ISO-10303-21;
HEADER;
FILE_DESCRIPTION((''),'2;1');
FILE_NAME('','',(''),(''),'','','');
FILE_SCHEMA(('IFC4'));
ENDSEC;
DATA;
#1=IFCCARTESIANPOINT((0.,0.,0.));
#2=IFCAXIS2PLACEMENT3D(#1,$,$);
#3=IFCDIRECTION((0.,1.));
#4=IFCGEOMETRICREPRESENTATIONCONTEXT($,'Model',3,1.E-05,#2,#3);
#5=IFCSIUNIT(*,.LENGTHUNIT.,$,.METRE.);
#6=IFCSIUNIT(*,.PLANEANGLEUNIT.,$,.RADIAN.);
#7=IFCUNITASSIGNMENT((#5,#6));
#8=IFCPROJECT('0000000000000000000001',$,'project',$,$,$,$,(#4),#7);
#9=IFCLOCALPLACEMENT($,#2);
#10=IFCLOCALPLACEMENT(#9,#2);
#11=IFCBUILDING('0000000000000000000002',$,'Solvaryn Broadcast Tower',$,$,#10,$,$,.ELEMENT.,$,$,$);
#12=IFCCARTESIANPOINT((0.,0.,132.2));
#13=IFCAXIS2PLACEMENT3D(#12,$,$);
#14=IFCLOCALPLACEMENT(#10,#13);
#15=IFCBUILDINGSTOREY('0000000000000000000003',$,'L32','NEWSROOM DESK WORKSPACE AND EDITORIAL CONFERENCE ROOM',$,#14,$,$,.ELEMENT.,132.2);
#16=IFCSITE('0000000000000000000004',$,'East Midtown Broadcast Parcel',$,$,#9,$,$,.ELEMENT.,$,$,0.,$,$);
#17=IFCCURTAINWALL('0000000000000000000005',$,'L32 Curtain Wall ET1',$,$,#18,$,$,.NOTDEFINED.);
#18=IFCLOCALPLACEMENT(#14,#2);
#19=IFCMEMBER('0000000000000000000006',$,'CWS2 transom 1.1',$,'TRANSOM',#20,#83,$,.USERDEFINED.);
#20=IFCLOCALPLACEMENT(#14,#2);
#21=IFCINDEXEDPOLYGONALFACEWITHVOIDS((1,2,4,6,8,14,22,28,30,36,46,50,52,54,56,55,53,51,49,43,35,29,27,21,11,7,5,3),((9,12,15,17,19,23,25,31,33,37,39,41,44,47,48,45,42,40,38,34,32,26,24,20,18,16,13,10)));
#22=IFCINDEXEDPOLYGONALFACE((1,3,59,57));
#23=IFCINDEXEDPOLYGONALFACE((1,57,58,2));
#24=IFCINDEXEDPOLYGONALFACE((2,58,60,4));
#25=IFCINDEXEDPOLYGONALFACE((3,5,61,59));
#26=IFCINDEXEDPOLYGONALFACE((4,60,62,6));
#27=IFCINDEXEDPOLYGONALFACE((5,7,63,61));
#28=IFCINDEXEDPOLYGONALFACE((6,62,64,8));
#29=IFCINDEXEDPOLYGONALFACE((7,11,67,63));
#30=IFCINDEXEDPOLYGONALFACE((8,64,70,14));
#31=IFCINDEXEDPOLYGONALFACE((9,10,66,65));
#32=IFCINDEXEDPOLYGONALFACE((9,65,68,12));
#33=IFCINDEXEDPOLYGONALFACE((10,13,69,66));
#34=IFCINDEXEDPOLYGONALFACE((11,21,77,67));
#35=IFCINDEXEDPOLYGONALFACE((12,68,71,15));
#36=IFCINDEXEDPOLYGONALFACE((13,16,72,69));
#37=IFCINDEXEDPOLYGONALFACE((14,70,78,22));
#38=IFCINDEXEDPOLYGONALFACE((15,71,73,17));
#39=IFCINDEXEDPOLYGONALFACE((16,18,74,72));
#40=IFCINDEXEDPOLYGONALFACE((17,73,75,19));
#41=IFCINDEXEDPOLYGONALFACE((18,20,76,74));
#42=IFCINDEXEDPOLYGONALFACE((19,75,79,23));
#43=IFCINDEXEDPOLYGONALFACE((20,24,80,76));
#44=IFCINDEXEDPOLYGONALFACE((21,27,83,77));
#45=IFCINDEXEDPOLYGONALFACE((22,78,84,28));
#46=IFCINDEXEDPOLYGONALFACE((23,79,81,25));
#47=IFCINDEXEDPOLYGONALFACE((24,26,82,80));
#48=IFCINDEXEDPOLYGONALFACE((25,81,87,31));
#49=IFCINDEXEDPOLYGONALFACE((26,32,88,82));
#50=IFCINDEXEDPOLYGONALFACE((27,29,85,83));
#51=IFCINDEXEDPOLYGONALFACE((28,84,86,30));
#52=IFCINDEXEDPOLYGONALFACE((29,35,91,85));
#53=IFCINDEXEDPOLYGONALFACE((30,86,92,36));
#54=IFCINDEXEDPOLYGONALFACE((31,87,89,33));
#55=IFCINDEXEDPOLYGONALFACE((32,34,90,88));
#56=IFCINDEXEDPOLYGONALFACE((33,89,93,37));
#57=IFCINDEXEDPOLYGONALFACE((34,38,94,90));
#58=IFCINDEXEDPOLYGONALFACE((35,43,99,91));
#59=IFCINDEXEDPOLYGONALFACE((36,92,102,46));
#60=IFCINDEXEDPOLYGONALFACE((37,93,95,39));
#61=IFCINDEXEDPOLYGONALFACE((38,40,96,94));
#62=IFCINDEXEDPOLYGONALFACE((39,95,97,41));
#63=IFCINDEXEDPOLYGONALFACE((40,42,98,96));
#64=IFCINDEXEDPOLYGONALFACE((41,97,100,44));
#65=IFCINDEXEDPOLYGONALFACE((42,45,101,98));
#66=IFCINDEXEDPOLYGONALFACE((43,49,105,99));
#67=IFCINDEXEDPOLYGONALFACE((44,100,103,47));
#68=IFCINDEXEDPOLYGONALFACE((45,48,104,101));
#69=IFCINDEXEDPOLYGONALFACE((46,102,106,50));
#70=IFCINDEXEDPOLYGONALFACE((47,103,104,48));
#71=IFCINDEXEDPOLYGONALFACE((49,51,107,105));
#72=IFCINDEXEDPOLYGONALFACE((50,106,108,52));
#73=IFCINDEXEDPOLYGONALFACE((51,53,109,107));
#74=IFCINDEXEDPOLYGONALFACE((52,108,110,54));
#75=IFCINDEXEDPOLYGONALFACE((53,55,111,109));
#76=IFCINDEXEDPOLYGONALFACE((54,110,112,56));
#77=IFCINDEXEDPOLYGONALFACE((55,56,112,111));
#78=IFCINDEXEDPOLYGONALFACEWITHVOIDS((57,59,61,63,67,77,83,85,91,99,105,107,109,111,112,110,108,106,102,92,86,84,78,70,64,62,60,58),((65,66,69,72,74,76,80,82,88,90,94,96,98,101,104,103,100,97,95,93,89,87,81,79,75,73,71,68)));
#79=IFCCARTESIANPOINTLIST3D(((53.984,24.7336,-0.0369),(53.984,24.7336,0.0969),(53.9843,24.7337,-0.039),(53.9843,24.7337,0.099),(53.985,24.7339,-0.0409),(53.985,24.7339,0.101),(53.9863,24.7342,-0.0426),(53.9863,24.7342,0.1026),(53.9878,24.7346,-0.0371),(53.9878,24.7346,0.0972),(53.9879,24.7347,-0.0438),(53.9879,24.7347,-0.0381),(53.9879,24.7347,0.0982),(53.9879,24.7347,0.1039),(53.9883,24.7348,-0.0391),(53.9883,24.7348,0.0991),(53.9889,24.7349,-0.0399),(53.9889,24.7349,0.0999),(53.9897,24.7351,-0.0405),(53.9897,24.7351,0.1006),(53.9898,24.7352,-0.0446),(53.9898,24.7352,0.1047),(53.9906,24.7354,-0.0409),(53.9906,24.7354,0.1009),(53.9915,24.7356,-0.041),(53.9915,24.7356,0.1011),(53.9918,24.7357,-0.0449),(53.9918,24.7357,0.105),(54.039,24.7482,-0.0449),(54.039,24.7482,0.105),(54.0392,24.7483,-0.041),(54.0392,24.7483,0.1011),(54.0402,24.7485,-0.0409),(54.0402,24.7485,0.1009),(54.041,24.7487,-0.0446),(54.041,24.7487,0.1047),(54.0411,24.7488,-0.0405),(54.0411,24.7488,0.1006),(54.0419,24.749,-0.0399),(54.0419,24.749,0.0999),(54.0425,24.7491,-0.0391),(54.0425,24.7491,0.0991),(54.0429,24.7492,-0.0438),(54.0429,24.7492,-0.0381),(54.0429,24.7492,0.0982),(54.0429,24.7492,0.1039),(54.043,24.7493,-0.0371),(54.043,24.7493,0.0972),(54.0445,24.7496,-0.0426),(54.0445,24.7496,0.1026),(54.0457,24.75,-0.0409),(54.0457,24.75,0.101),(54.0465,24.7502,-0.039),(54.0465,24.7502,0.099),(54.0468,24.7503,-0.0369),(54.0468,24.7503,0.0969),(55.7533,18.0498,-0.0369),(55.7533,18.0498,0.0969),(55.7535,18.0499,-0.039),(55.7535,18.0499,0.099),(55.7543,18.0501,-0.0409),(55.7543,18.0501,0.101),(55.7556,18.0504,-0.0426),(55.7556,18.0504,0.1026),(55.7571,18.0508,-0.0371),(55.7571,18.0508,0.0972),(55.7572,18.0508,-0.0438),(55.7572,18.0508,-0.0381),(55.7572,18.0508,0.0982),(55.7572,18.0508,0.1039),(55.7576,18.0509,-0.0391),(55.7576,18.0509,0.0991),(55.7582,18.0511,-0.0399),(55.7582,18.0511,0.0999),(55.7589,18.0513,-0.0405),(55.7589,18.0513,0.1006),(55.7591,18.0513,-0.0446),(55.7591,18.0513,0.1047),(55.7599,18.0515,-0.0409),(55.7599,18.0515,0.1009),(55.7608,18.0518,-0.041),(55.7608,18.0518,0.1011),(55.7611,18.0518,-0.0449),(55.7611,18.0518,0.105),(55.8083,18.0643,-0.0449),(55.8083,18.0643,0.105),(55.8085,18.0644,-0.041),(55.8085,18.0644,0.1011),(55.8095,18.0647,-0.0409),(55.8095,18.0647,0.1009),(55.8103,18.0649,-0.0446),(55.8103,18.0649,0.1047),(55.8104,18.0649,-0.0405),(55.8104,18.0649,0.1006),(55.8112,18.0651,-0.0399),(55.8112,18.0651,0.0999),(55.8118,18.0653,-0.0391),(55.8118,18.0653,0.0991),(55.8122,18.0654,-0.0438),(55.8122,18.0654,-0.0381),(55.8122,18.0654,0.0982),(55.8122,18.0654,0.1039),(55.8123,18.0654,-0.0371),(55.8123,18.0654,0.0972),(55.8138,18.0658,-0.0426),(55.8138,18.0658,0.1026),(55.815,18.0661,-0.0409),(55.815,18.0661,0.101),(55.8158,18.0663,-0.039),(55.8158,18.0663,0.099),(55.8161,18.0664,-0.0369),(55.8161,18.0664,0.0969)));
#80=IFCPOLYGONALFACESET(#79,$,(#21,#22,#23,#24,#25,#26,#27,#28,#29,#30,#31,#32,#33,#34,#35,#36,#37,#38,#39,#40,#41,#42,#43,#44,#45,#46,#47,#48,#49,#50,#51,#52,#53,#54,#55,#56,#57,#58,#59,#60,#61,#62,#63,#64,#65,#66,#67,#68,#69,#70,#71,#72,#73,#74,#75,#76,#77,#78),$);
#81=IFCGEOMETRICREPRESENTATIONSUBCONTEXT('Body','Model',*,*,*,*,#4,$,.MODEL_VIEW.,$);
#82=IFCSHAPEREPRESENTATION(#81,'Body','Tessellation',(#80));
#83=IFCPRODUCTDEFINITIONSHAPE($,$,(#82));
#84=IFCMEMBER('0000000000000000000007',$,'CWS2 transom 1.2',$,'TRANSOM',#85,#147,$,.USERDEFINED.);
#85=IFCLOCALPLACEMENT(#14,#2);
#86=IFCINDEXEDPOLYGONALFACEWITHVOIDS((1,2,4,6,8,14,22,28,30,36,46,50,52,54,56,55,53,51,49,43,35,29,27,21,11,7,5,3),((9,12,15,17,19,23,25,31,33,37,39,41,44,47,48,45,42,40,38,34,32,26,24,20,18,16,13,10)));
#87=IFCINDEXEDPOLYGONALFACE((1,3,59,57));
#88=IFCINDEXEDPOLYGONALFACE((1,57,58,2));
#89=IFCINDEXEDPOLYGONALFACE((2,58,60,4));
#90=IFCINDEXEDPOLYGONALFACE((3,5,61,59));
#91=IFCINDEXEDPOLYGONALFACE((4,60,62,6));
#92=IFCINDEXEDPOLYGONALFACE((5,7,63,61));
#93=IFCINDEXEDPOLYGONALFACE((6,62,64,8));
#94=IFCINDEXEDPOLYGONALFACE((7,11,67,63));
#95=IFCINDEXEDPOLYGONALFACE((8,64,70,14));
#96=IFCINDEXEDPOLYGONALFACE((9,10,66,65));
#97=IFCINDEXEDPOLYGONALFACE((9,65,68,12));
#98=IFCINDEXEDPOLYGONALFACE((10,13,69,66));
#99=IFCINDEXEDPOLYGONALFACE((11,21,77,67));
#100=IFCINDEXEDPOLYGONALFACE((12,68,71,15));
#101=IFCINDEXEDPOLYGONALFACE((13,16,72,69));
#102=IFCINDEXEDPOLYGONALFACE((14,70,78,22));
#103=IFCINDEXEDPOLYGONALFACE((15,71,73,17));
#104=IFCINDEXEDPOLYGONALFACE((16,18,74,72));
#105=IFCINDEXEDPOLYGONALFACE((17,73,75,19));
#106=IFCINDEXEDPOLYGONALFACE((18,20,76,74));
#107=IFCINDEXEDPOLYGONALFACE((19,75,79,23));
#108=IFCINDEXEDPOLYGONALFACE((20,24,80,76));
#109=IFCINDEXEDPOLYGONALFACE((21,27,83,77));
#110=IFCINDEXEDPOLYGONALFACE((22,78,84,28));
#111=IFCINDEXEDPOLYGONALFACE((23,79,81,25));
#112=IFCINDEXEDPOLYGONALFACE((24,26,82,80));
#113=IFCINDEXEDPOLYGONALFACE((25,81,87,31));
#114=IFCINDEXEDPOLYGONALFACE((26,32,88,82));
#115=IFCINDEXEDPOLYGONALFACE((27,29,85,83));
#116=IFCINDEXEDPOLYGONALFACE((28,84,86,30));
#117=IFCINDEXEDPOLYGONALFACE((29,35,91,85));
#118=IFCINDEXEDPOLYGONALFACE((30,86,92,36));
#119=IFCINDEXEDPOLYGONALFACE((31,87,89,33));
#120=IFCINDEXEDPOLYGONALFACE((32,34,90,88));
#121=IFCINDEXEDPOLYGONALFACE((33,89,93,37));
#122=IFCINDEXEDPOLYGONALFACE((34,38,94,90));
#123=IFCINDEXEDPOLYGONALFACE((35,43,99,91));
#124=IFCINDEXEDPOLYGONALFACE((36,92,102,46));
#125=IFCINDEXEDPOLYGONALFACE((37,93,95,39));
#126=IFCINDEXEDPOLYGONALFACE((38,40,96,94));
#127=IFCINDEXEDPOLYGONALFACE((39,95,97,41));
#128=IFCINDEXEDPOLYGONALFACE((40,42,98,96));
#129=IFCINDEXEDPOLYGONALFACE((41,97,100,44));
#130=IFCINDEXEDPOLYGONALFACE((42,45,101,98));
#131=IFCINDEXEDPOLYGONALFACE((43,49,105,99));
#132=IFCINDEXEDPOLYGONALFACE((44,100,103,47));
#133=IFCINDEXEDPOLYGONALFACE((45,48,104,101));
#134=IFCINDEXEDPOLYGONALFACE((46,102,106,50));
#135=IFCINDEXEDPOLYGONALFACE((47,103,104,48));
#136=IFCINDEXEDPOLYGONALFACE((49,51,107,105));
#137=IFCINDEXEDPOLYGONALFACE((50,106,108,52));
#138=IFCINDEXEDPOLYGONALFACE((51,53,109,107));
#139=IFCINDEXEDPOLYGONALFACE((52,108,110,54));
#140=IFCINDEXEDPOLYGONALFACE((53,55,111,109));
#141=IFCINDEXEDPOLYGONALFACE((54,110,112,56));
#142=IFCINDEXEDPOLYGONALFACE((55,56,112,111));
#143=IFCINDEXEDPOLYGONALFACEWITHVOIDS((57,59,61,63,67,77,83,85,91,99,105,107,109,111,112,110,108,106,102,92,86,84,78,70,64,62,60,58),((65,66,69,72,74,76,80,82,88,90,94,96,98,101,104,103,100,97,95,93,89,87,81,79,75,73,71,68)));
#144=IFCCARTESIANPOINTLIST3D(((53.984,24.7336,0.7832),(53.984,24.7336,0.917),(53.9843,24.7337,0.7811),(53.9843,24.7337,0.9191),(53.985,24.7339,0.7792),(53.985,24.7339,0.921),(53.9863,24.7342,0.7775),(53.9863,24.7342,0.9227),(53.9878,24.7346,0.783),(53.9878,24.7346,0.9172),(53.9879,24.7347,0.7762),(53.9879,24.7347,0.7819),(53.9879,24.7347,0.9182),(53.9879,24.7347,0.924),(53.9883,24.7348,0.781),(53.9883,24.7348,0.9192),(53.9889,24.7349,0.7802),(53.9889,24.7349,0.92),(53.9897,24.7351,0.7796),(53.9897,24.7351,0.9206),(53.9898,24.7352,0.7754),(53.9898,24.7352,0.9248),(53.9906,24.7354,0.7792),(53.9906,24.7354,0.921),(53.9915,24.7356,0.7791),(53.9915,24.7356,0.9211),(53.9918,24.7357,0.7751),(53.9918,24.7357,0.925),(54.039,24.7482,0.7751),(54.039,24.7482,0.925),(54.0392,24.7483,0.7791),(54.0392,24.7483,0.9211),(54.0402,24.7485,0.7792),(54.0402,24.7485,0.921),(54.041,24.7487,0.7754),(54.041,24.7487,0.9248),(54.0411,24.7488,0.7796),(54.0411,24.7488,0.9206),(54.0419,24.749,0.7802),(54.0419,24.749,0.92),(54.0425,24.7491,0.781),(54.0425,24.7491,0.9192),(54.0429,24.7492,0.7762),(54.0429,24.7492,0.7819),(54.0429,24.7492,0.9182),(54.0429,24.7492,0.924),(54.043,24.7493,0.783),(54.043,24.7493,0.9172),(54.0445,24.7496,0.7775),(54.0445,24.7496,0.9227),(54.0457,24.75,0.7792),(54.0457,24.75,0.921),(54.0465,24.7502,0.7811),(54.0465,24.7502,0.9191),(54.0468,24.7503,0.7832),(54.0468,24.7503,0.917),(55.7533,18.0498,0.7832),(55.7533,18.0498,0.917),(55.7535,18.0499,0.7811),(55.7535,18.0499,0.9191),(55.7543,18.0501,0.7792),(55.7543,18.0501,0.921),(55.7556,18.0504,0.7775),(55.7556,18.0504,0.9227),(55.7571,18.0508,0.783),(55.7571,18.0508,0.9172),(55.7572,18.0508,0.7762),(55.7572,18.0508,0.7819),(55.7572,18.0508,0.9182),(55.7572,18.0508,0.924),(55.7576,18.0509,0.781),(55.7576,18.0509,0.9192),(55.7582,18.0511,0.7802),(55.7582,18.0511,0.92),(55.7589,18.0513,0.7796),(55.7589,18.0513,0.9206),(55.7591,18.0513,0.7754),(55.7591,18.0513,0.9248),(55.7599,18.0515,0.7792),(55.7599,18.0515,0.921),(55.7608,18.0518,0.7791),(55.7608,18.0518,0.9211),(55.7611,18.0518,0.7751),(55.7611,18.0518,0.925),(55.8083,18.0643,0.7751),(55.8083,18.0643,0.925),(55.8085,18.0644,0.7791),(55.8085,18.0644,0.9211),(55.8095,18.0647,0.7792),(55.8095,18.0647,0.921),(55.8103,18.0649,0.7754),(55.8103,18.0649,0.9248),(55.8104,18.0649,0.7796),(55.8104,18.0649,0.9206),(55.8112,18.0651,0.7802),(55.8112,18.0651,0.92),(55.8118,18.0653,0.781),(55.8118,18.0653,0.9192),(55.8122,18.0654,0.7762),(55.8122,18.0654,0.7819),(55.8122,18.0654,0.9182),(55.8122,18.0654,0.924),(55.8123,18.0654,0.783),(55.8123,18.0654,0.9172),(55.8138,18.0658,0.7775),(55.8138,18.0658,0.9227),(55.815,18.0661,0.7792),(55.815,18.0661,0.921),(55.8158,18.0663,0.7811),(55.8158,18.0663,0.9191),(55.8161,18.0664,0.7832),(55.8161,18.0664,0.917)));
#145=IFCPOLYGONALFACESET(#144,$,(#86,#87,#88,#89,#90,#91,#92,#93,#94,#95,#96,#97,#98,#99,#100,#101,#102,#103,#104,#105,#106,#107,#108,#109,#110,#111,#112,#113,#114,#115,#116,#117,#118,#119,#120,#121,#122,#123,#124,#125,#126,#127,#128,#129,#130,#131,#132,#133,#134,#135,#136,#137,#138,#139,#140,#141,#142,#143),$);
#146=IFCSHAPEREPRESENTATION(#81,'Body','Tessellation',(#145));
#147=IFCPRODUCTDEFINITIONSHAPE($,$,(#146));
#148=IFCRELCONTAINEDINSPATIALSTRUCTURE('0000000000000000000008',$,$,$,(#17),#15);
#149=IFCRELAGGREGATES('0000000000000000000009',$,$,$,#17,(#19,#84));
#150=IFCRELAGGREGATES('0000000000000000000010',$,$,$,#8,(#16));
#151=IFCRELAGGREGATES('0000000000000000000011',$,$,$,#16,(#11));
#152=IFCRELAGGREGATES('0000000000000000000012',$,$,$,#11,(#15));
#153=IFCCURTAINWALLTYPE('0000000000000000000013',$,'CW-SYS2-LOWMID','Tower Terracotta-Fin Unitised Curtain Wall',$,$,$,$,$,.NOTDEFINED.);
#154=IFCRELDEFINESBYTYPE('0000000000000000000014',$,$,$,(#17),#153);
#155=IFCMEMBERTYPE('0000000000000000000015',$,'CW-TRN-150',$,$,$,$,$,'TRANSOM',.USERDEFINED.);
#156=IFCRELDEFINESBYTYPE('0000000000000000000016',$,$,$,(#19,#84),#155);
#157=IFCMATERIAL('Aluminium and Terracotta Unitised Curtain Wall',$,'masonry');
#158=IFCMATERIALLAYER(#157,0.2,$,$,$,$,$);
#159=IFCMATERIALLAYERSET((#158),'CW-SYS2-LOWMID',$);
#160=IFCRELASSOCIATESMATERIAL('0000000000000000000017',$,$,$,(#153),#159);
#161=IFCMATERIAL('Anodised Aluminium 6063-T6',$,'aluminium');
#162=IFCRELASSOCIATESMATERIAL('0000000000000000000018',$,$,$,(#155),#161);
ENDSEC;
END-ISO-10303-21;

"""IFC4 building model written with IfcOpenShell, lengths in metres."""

from ifc_helpers import new_model, si_unit, direction, frame, origin, origin_2d, place, context, subcontext, project, spatial, hollow_rectangle, extrude, material, layer, layer_set, material_profile, profile_set, type_object, element, aggregate, save


model = new_model("IFC4")

# Units and contexts
model_context = context("Model", 3, precision=1e-05, world=origin(), true_north=direction((0.0, 1.0)))
body_context = subcontext(model_context, "Body", "Model", "MODEL_VIEW")
ifc_project = project(units=[si_unit("LENGTHUNIT", "METRE"), si_unit("PLANEANGLEUNIT", "RADIAN")], contexts=[model_context])

# Site, building, storey
site_placement = place(None, origin())
site = spatial("IfcSite", under=ifc_project, at=site_placement, Name="East Midtown Broadcast Parcel", CompositionType="ELEMENT", RefElevation=0.0)
building_placement = place(site_placement, origin())
building = spatial("IfcBuilding", under=site, at=building_placement, Name="Solvaryn Broadcast Tower", CompositionType="ELEMENT")
storey_placement = place(building_placement, frame((0.0, 0.0, 132.2)))
storey = spatial("IfcBuildingStorey", under=building, at=storey_placement, Name="L32", Description="NEWSROOM DESK WORKSPACE AND EDITORIAL CONFERENCE ROOM", CompositionType="ELEMENT", Elevation=132.2)

# Curtain wall
ifc_material_1 = material(Name="Aluminium and Terracotta Unitised Curtain Wall", Category="masonry")
ifc_layer_1 = layer(ifc_material_1, 0.2)
ifc_layer_set_1 = layer_set([ifc_layer_1], Name="CW-SYS2-LOWMID")
curtain_wall_type = type_object("IfcCurtainWallType", Name="CW-SYS2-LOWMID", Description="Tower Terracotta-Fin Unitised Curtain Wall", PredefinedType="NOTDEFINED", material=ifc_layer_set_1)
curtain_wall_1_placement = place(storey_placement, origin())
curtain_wall_1 = element("IfcCurtainWall", 1, at=curtain_wall_1_placement, inside=storey, type_object=curtain_wall_type, Name="L32 Curtain Wall ET1", PredefinedType="NOTDEFINED")

# Members
ifc_material_2 = material(Name="Anodised Aluminium 6063-T6", Category="aluminium")
ifc_material_profile_1 = material_profile(ifc_material_2, hollow_rectangle(XDim=0.0649, YDim=0.1499, WallThickness=0.0039, InnerFilletRadius=0.0039, OuterFilletRadius=0.0081, at=origin_2d()))
ifc_profile_set_1 = profile_set([ifc_material_profile_1], Name="Anodised Aluminium 6063-T6")
member_type_1 = type_object("IfcMemberType", Name="CW-TRN-150", ElementType="TRANSOM", PredefinedType="USERDEFINED", material=ifc_profile_set_1)
member_1_placement = place(storey_placement, frame((54.0154, 24.7419, 0.03), z_axis=(0.255897, -0.966704, 0.0), x_axis=(0.966704, 0.255897, 0.0)))
member_1 = element("IfcMember", 2, at=member_1_placement, type_object=member_type_1, Name="CWS2 transom 1.1", ObjectType="TRANSOM", PredefinedType="USERDEFINED", context=body_context, shape_type="SweptSolid", body=[
    extrude(hollow_rectangle(XDim=0.0649, YDim=0.1499, WallThickness=0.0039, InnerFilletRadius=0.0039, OuterFilletRadius=0.0081, at=origin_2d()), origin(), (0.0, 0.0, 1.0), 6.9141),
])
member_2_placement = place(storey_placement, frame((54.0154, 24.7419, 0.8501), z_axis=(0.255897, -0.966704, 0.0), x_axis=(0.966704, 0.255897, 0.0)))
member_2 = element("IfcMember", 3, at=member_2_placement, type_object=member_type_1, Name="CWS2 transom 1.2", ObjectType="TRANSOM", PredefinedType="USERDEFINED", context=body_context, shape_type="SweptSolid", body=[
    extrude(hollow_rectangle(XDim=0.0649, YDim=0.1499, WallThickness=0.0039, InnerFilletRadius=0.0039, OuterFilletRadius=0.0081, at=origin_2d()), origin(), (0.0, 0.0, 1.0), 6.9141),
])

aggregate(curtain_wall_1, [member_1, member_2])

save(model, "model.ifc")
